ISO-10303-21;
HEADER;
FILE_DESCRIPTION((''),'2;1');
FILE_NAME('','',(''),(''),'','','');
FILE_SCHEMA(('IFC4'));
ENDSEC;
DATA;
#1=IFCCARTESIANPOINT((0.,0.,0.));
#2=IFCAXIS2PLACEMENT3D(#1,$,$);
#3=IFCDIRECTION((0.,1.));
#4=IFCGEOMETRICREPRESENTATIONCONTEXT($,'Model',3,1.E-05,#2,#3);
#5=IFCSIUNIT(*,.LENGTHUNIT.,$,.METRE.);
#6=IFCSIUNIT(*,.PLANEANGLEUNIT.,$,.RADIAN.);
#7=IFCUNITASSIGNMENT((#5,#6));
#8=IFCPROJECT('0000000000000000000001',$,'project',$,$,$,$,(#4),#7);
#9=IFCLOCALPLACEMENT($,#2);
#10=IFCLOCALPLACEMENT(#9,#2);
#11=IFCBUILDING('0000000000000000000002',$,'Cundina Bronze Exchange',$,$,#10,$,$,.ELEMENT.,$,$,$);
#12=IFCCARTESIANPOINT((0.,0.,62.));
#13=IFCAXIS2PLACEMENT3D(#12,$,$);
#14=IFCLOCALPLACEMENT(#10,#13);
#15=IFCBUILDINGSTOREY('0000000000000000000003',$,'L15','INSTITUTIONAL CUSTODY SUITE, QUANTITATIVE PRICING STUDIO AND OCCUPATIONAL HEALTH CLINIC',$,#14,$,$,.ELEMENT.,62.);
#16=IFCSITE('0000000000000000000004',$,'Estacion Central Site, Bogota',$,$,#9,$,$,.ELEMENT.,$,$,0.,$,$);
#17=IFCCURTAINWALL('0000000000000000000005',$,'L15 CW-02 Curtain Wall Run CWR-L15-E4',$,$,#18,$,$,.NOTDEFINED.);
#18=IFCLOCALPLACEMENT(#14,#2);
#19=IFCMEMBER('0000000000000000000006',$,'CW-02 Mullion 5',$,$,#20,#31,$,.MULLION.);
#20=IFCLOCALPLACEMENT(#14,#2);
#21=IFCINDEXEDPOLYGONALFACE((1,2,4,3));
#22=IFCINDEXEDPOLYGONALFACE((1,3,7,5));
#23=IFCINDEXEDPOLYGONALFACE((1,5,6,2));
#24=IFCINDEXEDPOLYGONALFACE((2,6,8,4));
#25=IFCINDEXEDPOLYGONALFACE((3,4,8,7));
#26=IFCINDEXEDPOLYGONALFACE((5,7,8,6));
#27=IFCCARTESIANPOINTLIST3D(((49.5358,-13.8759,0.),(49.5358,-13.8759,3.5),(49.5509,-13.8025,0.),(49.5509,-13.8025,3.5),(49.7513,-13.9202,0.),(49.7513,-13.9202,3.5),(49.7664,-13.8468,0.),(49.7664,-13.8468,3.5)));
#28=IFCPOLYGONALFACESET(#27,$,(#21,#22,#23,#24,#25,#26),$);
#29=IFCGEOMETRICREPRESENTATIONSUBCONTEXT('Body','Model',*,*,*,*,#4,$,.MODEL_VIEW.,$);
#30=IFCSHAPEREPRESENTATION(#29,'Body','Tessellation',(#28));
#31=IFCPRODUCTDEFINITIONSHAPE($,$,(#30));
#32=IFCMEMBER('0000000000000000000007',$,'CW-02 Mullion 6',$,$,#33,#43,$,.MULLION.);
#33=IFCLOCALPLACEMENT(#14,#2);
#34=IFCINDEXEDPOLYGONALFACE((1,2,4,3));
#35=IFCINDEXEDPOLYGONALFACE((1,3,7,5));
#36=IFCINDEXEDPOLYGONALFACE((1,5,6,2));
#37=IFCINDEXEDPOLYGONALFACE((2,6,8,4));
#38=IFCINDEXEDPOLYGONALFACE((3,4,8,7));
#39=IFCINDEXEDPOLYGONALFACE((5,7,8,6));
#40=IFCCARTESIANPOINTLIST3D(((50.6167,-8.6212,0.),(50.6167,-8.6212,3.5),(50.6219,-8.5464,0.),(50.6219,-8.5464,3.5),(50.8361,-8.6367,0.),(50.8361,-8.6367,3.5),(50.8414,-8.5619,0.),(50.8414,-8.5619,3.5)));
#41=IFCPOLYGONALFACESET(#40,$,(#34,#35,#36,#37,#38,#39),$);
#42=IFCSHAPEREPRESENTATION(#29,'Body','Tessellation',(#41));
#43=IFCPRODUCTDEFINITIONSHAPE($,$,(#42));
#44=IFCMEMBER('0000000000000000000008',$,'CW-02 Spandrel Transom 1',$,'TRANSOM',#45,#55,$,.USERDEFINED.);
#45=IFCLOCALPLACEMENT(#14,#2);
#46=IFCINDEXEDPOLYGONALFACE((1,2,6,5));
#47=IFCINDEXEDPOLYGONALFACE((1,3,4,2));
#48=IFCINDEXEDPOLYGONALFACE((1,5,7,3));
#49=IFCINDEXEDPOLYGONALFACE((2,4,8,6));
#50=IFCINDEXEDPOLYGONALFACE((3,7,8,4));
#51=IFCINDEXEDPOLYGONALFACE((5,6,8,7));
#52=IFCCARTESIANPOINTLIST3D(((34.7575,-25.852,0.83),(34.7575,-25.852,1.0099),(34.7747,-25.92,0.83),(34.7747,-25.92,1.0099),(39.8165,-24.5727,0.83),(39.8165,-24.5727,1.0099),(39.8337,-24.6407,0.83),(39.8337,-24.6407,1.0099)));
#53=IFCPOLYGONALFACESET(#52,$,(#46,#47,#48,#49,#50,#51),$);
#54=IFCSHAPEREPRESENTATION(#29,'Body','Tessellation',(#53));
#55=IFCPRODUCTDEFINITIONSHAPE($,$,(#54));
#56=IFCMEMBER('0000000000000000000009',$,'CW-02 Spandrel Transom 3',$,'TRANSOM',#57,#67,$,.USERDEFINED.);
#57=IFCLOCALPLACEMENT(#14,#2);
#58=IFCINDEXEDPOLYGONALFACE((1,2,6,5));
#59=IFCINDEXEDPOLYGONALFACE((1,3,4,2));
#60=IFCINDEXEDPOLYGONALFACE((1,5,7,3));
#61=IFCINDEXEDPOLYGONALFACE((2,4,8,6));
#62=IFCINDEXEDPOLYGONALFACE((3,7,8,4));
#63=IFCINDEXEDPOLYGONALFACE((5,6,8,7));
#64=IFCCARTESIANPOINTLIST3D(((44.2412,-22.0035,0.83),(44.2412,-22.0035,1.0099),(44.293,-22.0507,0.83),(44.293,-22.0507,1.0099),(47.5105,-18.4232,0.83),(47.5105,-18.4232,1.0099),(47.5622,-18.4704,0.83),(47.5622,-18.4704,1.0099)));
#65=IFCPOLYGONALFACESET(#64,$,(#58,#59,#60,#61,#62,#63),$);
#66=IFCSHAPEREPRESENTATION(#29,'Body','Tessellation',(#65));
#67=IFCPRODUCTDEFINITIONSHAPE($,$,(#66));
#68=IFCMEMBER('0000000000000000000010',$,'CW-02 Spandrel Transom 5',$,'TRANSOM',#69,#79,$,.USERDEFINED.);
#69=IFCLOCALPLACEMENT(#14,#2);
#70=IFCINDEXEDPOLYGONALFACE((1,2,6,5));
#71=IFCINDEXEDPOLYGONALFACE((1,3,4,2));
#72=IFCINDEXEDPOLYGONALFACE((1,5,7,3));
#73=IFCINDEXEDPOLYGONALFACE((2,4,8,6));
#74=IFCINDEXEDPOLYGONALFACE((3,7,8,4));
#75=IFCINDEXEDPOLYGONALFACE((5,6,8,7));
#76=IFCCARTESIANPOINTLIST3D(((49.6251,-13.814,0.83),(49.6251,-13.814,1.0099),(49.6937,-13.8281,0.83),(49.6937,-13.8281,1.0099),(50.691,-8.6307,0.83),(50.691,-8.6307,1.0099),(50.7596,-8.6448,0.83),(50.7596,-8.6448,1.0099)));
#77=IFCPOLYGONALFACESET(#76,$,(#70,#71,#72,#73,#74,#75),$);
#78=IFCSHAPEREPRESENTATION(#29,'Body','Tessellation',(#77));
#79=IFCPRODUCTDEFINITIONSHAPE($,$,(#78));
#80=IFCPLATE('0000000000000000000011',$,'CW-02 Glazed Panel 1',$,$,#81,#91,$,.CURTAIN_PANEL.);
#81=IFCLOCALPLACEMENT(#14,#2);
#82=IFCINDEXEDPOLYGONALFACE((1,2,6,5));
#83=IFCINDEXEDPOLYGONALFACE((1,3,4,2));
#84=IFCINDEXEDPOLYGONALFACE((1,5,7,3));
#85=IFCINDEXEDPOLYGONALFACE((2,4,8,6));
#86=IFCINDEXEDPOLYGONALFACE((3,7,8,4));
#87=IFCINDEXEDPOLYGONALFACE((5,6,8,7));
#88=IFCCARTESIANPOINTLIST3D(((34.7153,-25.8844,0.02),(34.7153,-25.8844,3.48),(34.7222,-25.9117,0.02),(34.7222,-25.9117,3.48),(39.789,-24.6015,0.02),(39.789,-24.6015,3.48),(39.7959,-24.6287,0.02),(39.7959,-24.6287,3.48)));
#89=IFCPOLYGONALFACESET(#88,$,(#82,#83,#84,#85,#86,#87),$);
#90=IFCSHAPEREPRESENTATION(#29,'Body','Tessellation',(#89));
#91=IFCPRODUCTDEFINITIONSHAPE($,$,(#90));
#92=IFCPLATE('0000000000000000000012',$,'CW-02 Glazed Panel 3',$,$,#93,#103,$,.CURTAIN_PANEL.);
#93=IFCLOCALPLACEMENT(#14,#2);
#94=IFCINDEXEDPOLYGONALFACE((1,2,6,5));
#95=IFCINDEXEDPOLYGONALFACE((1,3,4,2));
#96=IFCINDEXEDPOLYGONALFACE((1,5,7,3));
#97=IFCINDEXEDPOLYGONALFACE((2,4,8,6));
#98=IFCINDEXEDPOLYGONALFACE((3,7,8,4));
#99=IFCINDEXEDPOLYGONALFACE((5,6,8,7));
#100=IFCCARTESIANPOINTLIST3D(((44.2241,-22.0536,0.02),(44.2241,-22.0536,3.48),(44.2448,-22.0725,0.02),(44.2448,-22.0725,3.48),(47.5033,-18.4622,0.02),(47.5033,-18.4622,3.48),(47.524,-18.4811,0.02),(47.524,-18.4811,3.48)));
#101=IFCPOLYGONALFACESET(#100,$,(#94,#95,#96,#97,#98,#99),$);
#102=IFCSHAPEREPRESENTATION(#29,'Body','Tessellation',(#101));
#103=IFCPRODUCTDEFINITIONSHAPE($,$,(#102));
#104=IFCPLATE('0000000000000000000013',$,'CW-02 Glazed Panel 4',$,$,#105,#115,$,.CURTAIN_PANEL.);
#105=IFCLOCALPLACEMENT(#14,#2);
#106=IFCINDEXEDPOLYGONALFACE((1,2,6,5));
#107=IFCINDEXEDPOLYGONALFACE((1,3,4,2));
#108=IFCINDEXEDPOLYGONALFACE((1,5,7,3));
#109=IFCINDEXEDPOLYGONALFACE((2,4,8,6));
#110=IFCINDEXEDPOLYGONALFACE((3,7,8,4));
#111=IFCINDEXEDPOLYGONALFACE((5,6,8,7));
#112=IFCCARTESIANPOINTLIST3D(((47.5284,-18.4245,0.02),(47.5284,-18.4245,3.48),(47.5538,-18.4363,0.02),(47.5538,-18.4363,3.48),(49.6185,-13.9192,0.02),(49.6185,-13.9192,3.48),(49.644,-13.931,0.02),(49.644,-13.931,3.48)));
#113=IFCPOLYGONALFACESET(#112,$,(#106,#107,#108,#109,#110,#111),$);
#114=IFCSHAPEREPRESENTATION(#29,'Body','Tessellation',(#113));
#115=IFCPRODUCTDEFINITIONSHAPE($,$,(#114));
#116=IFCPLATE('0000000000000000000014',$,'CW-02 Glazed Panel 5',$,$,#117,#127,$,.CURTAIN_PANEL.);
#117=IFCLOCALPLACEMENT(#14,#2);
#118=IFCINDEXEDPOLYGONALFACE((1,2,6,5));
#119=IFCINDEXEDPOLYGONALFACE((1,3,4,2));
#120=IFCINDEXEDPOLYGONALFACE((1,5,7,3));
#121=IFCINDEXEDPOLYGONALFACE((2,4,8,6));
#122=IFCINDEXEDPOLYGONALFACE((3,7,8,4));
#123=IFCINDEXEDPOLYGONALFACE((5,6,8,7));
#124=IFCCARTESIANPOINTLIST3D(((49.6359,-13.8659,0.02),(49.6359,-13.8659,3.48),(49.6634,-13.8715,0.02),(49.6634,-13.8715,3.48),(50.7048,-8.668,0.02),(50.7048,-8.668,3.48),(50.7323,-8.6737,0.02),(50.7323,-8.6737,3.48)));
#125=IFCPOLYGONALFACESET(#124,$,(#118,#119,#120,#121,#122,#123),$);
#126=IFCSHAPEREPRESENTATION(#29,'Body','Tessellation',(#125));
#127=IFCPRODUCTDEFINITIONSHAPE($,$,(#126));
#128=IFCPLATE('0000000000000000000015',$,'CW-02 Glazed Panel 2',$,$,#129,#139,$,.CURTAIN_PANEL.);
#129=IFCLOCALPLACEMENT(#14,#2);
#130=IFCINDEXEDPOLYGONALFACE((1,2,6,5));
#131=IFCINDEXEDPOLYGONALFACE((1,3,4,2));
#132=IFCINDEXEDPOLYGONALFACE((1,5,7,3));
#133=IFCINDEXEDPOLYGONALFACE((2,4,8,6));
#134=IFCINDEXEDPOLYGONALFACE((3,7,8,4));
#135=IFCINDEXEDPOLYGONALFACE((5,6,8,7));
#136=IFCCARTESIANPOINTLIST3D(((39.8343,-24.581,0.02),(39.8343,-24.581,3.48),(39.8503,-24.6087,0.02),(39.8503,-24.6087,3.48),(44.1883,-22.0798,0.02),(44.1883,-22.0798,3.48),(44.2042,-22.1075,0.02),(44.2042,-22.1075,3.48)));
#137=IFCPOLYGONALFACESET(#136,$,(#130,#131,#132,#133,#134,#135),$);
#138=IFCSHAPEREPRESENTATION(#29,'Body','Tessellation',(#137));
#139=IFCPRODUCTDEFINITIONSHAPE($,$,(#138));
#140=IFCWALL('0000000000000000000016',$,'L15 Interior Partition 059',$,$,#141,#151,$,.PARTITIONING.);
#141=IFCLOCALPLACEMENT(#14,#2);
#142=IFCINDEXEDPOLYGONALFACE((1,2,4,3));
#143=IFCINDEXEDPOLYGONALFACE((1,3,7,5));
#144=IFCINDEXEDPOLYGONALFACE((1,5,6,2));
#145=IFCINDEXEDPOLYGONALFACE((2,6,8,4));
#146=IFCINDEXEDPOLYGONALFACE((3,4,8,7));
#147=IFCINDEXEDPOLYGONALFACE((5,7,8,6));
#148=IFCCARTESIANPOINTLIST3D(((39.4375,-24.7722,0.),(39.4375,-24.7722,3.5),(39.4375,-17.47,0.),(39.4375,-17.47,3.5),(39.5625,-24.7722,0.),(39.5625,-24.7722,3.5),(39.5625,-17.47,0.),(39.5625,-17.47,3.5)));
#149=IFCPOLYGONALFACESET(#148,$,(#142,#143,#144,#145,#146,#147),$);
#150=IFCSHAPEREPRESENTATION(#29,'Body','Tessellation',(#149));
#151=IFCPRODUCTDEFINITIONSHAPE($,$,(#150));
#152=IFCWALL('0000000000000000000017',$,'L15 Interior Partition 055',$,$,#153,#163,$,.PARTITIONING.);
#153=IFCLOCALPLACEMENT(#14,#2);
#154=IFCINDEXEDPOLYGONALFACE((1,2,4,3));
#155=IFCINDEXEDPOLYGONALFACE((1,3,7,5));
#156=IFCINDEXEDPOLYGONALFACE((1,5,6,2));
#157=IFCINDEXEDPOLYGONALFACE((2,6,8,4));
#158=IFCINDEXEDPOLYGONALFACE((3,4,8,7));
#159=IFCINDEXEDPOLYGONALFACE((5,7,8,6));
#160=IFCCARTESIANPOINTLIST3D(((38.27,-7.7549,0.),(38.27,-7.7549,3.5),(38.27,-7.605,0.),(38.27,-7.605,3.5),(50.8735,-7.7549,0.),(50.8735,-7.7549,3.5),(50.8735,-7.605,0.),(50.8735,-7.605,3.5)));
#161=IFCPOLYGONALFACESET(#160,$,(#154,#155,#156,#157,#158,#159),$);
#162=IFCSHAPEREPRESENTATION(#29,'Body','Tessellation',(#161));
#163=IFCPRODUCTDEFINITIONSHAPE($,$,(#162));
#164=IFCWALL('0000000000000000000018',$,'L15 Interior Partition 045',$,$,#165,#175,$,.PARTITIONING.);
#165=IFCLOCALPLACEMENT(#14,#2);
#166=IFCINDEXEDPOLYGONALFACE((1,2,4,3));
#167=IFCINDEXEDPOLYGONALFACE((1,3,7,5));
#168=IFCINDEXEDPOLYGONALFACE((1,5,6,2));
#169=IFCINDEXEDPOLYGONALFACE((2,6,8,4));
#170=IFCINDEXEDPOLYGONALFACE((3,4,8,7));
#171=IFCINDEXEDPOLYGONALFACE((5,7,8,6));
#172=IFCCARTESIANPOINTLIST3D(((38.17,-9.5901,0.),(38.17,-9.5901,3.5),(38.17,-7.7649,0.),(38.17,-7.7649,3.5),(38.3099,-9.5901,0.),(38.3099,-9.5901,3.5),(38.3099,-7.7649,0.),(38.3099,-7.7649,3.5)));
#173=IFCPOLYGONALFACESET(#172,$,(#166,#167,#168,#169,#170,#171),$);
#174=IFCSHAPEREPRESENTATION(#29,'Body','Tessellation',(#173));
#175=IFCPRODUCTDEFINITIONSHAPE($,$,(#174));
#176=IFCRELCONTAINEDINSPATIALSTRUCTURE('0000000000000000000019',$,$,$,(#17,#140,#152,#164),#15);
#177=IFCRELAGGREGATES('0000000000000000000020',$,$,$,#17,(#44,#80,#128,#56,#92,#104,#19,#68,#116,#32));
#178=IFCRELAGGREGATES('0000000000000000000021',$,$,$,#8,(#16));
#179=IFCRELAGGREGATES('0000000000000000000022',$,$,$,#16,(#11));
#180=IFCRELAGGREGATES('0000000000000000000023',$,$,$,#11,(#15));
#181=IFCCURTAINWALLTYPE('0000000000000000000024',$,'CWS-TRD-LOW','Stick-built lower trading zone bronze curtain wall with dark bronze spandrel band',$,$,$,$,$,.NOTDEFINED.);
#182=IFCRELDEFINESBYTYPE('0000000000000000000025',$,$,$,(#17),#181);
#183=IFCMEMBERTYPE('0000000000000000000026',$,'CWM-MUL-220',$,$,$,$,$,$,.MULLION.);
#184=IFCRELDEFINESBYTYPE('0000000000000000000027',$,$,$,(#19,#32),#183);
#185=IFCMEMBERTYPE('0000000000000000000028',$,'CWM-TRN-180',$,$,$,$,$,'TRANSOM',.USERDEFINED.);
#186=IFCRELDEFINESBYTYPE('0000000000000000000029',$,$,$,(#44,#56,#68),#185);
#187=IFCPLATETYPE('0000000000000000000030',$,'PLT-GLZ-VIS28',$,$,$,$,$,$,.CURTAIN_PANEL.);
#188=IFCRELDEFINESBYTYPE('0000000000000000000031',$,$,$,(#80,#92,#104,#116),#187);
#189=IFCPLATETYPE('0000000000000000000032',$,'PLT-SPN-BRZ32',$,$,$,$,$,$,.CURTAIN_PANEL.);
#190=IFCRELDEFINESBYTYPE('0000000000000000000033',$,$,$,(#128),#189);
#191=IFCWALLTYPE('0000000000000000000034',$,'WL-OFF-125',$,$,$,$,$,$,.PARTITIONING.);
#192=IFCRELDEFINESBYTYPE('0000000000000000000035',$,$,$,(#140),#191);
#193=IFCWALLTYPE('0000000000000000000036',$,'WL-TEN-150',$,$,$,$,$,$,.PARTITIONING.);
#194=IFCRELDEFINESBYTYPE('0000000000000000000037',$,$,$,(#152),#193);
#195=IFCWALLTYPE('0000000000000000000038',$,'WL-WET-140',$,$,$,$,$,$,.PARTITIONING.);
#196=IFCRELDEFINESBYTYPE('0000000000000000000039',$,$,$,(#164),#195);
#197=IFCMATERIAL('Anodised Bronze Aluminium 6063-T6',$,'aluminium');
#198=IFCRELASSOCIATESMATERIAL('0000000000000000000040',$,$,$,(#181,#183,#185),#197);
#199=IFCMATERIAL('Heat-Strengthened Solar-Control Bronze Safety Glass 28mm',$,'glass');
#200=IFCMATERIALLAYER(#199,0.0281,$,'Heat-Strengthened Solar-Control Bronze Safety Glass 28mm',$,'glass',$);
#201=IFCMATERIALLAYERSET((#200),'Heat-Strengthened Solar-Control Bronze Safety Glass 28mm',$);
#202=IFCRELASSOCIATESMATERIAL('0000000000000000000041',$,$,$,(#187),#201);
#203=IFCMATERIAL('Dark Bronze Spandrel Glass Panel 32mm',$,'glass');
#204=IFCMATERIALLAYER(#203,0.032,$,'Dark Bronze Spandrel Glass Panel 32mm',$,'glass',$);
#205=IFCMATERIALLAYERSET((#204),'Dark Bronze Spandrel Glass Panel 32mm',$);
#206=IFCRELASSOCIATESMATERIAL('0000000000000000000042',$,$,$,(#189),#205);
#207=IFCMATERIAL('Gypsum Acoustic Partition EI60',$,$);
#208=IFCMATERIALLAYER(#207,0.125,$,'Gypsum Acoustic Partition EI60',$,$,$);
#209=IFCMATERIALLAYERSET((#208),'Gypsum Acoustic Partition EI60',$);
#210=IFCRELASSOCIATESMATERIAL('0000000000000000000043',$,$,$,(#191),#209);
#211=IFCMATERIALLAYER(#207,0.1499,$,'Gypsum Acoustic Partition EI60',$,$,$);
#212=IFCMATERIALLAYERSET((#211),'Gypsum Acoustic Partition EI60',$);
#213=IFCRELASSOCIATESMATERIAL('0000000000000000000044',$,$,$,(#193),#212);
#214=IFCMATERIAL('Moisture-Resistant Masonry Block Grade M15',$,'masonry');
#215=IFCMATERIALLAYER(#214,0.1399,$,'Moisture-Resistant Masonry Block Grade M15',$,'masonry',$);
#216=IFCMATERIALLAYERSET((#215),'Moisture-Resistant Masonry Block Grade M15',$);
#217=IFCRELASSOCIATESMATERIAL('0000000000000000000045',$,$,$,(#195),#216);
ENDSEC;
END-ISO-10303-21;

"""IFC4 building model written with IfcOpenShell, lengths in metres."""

from ifc_helpers import new_model, si_unit, direction, frame, frame_2d, origin, origin_2d, place, context, subcontext, project, spatial, rectangle, extrude, material, layer, layer_set, material_profile, profile_set, type_object, element, aggregate, save


model = new_model("IFC4")

# Units and contexts
model_context = context("Model", 3, precision=1e-05, world=origin(), true_north=direction((0.0, 1.0)))
body_context = subcontext(model_context, "Body", "Model", "MODEL_VIEW")
ifc_project = project(units=[si_unit("LENGTHUNIT", "METRE"), si_unit("PLANEANGLEUNIT", "RADIAN")], contexts=[model_context])

# Site, building, storey
site_placement = place(None, origin())
site = spatial("IfcSite", under=ifc_project, at=site_placement, Name="Estacion Central Site, Bogota", CompositionType="ELEMENT", RefElevation=0.0)
building_placement = place(site_placement, origin())
building = spatial("IfcBuilding", under=site, at=building_placement, Name="Cundina Bronze Exchange", CompositionType="ELEMENT")
storey_placement = place(building_placement, frame((0.0, 0.0, 62.0)))
storey = spatial("IfcBuildingStorey", under=building, at=storey_placement, Name="L15", Description="INSTITUTIONAL CUSTODY SUITE, QUANTITATIVE PRICING STUDIO AND OCCUPATIONAL HEALTH CLINIC", CompositionType="ELEMENT", Elevation=62.0)

# Curtain wall, members, plates
ifc_material_1 = material(Name="Anodised Bronze Aluminium 6063-T6", Category="aluminium")
curtain_wall_type = type_object("IfcCurtainWallType", Name="CWS-TRD-LOW", Description="Stick-built lower trading zone bronze curtain wall with dark bronze spandrel band", PredefinedType="NOTDEFINED", material=ifc_material_1)
curtain_wall_placement = place(storey_placement, origin())
curtain_wall = element("IfcCurtainWall", 1, at=curtain_wall_placement, inside=storey, type_object=curtain_wall_type, Name="L15 CW-02 Curtain Wall Run CWR-L15-E4", PredefinedType="NOTDEFINED")
ifc_material_profile_1 = material_profile(ifc_material_1, rectangle(XDim=0.075, YDim=0.22, at=origin_2d()), Name="AL75X220", Category="aluminium")
ifc_profile_set_1 = profile_set([ifc_material_profile_1], Name="Anodised Bronze Aluminium 6063-T6")
member_type_1 = type_object("IfcMemberType", Name="CWM-MUL-220", PredefinedType="MULLION", material=ifc_profile_set_1)
member_1_placement = place(storey_placement, frame((49.6511, -13.8613, 0.0), z_axis=(0.0, 0.0, 1.0), x_axis=(0.20142, 0.979505, 0.0)))
member_1 = element("IfcMember", 2, at=member_1_placement, type_object=member_type_1, Name="CW-02 Mullion 5", PredefinedType="MULLION", context=body_context, shape_type="SweptSolid", body=[
    extrude(rectangle(XDim=0.075, YDim=0.22, at=origin_2d()), origin(), (0.0, 0.0, 1.0), 3.5),
])
member_2_placement = place(storey_placement, frame((50.729, -8.5916, 0.0), z_axis=(0.0, 0.0, 1.0), x_axis=(0.070279, 0.997527, 0.0)))
member_2 = element("IfcMember", 3, at=member_2_placement, type_object=member_type_1, Name="CW-02 Mullion 6", PredefinedType="MULLION", context=body_context, shape_type="SweptSolid", body=[
    extrude(rectangle(XDim=0.075, YDim=0.22, at=origin_2d()), origin(), (0.0, 0.0, 1.0), 3.5),
])
ifc_material_profile_2 = material_profile(ifc_material_1, rectangle(XDim=0.0701, YDim=0.1799, at=origin_2d()), Name="AL70X180", Category="aluminium")
ifc_profile_set_2 = profile_set([ifc_material_profile_2], Name="Anodised Bronze Aluminium 6063-T6")
member_type_2 = type_object("IfcMemberType", Name="CWM-TRN-180", ElementType="TRANSOM", PredefinedType="USERDEFINED", material=ifc_profile_set_2)
member_3_placement = place(storey_placement, frame((34.7661, -25.886, 0.9199), z_axis=(0.969484, 0.245155, 0.0), x_axis=(-0.245155, 0.969484, 0.0)))
member_3 = element("IfcMember", 4, at=member_3_placement, type_object=member_type_2, Name="CW-02 Spandrel Transom 1", ObjectType="TRANSOM", PredefinedType="USERDEFINED", context=body_context, shape_type="SweptSolid", body=[
    extrude(rectangle(XDim=0.0701, YDim=0.1799, at=origin_2d()), origin(), (0.0, 0.0, 1.0), 5.2183),
])
member_4_placement = place(storey_placement, frame((44.2671, -22.0271, 0.9199), z_axis=(0.674303, 0.738455, 0.0), x_axis=(-0.738455, 0.674303, 0.0)))
member_4 = element("IfcMember", 5, at=member_4_placement, type_object=member_type_2, Name="CW-02 Spandrel Transom 3", ObjectType="TRANSOM", PredefinedType="USERDEFINED", context=body_context, shape_type="SweptSolid", body=[
    extrude(rectangle(XDim=0.0701, YDim=0.1799, at=origin_2d()), origin(), (0.0, 0.0, 1.0), 4.8484),
])
member_5_placement = place(storey_placement, frame((49.6594, -13.821, 0.9199), z_axis=(0.201428, 0.979503, 0.0), x_axis=(-0.979503, 0.201428, 0.0)))
member_5 = element("IfcMember", 6, at=member_5_placement, type_object=member_type_2, Name="CW-02 Spandrel Transom 5", ObjectType="TRANSOM", PredefinedType="USERDEFINED", context=body_context, shape_type="SweptSolid", body=[
    extrude(rectangle(XDim=0.0701, YDim=0.1799, at=origin_2d()), origin(), (0.0, 0.0, 1.0), 5.2917),
])
ifc_material_2 = material(Name="Heat-Strengthened Solar-Control Bronze Safety Glass 28mm", Category="glass")
ifc_layer_1 = layer(ifc_material_2, 0.0281, Name="Heat-Strengthened Solar-Control Bronze Safety Glass 28mm", Category="glass")
ifc_layer_set_1 = layer_set([ifc_layer_1], Name="Heat-Strengthened Solar-Control Bronze Safety Glass 28mm")
plate_type_1 = type_object("IfcPlateType", Name="PLT-GLZ-VIS28", PredefinedType="CURTAIN_PANEL", material=ifc_layer_set_1)
plate_1_placement = place(storey_placement, frame((37.2556, -25.2566, 0.02), z_axis=(0.0, 0.0, 1.0), x_axis=(0.969488, 0.245138, 0.0)))
plate_1 = element("IfcPlate", 7, at=plate_1_placement, type_object=plate_type_1, Name="CW-02 Glazed Panel 1", PredefinedType="CURTAIN_PANEL", context=body_context, shape_type="SweptSolid", body=[
    extrude(rectangle(XDim=5.2334, YDim=0.0281, at=origin_2d()), origin(), (0.0, 0.0, 1.0), 3.46),
])
plate_2_placement = place(storey_placement, frame((45.874, -20.2673, 0.02), z_axis=(0.0, 0.0, 1.0), x_axis=(0.674277, 0.738479, 0.0)))
plate_2 = element("IfcPlate", 8, at=plate_2_placement, type_object=plate_type_1, Name="CW-02 Glazed Panel 3", PredefinedType="CURTAIN_PANEL", context=body_context, shape_type="SweptSolid", body=[
    extrude(rectangle(XDim=4.8633, YDim=0.0281, at=origin_2d()), origin(), (0.0, 0.0, 1.0), 3.46),
])
plate_3_placement = place(storey_placement, frame((48.5862, -16.1777, 0.02), z_axis=(0.0, 0.0, 1.0), x_axis=(0.420846, 0.907132, 0.0)))
plate_3 = element("IfcPlate", 9, at=plate_3_placement, type_object=plate_type_1, Name="CW-02 Glazed Panel 4", PredefinedType="CURTAIN_PANEL", context=body_context, shape_type="SweptSolid", body=[
    extrude(rectangle(XDim=4.9666, YDim=0.0281, at=origin_2d()), origin(), (0.0, 0.0, 1.0), 3.46),
])
plate_4_placement = place(storey_placement, frame((50.1841, -11.2698, 0.02), z_axis=(0.0, 0.0, 1.0), x_axis=(0.20142, 0.979505, 0.0)))
plate_4 = element("IfcPlate", 10, at=plate_4_placement, type_object=plate_type_1, Name="CW-02 Glazed Panel 5", PredefinedType="CURTAIN_PANEL", context=body_context, shape_type="SweptSolid", body=[
    extrude(rectangle(XDim=5.3066, YDim=0.0281, at=origin_2d()), origin(), (0.0, 0.0, 1.0), 3.46),
])
ifc_material_3 = material(Name="Dark Bronze Spandrel Glass Panel 32mm", Category="glass")
ifc_layer_2 = layer(ifc_material_3, 0.032, Name="Dark Bronze Spandrel Glass Panel 32mm", Category="glass")
ifc_layer_set_2 = layer_set([ifc_layer_2], Name="Dark Bronze Spandrel Glass Panel 32mm")
plate_type_2 = type_object("IfcPlateType", Name="PLT-SPN-BRZ32", PredefinedType="CURTAIN_PANEL", material=ifc_layer_set_2)
plate_5_placement = place(storey_placement, frame((42.0193, -23.3442, 0.02), z_axis=(0.0, 0.0, 1.0), x_axis=(0.867105, 0.498125, 0.0)))
plate_5 = element("IfcPlate", 11, at=plate_5_placement, type_object=plate_type_2, Name="CW-02 Glazed Panel 2", PredefinedType="CURTAIN_PANEL", context=body_context, shape_type="SweptSolid", body=[
    extrude(rectangle(XDim=5.0212, YDim=0.032, at=origin_2d()), origin(), (0.0, 0.0, 1.0), 3.46),
])
aggregate(curtain_wall, [member_3, plate_1, plate_5, member_4, plate_2, plate_3, member_1, member_5, plate_4, member_2])

# Walls
ifc_material_4 = material(Name="Gypsum Acoustic Partition EI60")
ifc_layer_3 = layer(ifc_material_4, 0.125, Name="Gypsum Acoustic Partition EI60")
ifc_layer_set_3 = layer_set([ifc_layer_3], Name="Gypsum Acoustic Partition EI60")
wall_type_1 = type_object("IfcWallType", Name="WL-OFF-125", PredefinedType="PARTITIONING", material=ifc_layer_set_3)
wall_1_placement = place(storey_placement, frame((39.5, -24.7722, 0.0), z_axis=(0.0, 0.0, 1.0), x_axis=(0.0, 1.0, 0.0)))
element("IfcWall", 12, at=wall_1_placement, inside=storey, type_object=wall_type_1, Name="L15 Interior Partition 059", PredefinedType="PARTITIONING", context=body_context, shape_type="SweptSolid", body=[
    extrude(rectangle(XDim=7.3022, YDim=0.125, at=frame_2d((3.6511, 0.0))), origin(), (0.0, 0.0, 1.0), 3.5),
])
ifc_layer_4 = layer(ifc_material_4, 0.1499, Name="Gypsum Acoustic Partition EI60")
ifc_layer_set_4 = layer_set([ifc_layer_4], Name="Gypsum Acoustic Partition EI60")
wall_type_2 = type_object("IfcWallType", Name="WL-TEN-150", PredefinedType="PARTITIONING", material=ifc_layer_set_4)
wall_2_placement = place(storey_placement, frame((38.27, -7.6799, 0.0), z_axis=(0.0, 0.0, 1.0), x_axis=(1.0, 0.0, 0.0)))
element("IfcWall", 13, at=wall_2_placement, inside=storey, type_object=wall_type_2, Name="L15 Interior Partition 055", PredefinedType="PARTITIONING", context=body_context, shape_type="SweptSolid", body=[
    extrude(rectangle(XDim=12.6035, YDim=0.1499, at=frame_2d((6.3018, 0.0))), origin(), (0.0, 0.0, 1.0), 3.5),
])
ifc_material_5 = material(Name="Moisture-Resistant Masonry Block Grade M15", Category="masonry")
ifc_layer_5 = layer(ifc_material_5, 0.1399, Name="Moisture-Resistant Masonry Block Grade M15", Category="masonry")
ifc_layer_set_5 = layer_set([ifc_layer_5], Name="Moisture-Resistant Masonry Block Grade M15")
wall_type_3 = type_object("IfcWallType", Name="WL-WET-140", PredefinedType="PARTITIONING", material=ifc_layer_set_5)
wall_3_placement = place(storey_placement, frame((38.24, -9.5901, 0.0), z_axis=(0.0, 0.0, 1.0), x_axis=(0.0, 1.0, 0.0)))
element("IfcWall", 14, at=wall_3_placement, inside=storey, type_object=wall_type_3, Name="L15 Interior Partition 045", PredefinedType="PARTITIONING", context=body_context, shape_type="SweptSolid", body=[
    extrude(rectangle(XDim=1.8252, YDim=0.1399, at=frame_2d((0.9126, 0.0))), origin(), (0.0, 0.0, 1.0), 3.5),
])

save(model, "model.ifc")
